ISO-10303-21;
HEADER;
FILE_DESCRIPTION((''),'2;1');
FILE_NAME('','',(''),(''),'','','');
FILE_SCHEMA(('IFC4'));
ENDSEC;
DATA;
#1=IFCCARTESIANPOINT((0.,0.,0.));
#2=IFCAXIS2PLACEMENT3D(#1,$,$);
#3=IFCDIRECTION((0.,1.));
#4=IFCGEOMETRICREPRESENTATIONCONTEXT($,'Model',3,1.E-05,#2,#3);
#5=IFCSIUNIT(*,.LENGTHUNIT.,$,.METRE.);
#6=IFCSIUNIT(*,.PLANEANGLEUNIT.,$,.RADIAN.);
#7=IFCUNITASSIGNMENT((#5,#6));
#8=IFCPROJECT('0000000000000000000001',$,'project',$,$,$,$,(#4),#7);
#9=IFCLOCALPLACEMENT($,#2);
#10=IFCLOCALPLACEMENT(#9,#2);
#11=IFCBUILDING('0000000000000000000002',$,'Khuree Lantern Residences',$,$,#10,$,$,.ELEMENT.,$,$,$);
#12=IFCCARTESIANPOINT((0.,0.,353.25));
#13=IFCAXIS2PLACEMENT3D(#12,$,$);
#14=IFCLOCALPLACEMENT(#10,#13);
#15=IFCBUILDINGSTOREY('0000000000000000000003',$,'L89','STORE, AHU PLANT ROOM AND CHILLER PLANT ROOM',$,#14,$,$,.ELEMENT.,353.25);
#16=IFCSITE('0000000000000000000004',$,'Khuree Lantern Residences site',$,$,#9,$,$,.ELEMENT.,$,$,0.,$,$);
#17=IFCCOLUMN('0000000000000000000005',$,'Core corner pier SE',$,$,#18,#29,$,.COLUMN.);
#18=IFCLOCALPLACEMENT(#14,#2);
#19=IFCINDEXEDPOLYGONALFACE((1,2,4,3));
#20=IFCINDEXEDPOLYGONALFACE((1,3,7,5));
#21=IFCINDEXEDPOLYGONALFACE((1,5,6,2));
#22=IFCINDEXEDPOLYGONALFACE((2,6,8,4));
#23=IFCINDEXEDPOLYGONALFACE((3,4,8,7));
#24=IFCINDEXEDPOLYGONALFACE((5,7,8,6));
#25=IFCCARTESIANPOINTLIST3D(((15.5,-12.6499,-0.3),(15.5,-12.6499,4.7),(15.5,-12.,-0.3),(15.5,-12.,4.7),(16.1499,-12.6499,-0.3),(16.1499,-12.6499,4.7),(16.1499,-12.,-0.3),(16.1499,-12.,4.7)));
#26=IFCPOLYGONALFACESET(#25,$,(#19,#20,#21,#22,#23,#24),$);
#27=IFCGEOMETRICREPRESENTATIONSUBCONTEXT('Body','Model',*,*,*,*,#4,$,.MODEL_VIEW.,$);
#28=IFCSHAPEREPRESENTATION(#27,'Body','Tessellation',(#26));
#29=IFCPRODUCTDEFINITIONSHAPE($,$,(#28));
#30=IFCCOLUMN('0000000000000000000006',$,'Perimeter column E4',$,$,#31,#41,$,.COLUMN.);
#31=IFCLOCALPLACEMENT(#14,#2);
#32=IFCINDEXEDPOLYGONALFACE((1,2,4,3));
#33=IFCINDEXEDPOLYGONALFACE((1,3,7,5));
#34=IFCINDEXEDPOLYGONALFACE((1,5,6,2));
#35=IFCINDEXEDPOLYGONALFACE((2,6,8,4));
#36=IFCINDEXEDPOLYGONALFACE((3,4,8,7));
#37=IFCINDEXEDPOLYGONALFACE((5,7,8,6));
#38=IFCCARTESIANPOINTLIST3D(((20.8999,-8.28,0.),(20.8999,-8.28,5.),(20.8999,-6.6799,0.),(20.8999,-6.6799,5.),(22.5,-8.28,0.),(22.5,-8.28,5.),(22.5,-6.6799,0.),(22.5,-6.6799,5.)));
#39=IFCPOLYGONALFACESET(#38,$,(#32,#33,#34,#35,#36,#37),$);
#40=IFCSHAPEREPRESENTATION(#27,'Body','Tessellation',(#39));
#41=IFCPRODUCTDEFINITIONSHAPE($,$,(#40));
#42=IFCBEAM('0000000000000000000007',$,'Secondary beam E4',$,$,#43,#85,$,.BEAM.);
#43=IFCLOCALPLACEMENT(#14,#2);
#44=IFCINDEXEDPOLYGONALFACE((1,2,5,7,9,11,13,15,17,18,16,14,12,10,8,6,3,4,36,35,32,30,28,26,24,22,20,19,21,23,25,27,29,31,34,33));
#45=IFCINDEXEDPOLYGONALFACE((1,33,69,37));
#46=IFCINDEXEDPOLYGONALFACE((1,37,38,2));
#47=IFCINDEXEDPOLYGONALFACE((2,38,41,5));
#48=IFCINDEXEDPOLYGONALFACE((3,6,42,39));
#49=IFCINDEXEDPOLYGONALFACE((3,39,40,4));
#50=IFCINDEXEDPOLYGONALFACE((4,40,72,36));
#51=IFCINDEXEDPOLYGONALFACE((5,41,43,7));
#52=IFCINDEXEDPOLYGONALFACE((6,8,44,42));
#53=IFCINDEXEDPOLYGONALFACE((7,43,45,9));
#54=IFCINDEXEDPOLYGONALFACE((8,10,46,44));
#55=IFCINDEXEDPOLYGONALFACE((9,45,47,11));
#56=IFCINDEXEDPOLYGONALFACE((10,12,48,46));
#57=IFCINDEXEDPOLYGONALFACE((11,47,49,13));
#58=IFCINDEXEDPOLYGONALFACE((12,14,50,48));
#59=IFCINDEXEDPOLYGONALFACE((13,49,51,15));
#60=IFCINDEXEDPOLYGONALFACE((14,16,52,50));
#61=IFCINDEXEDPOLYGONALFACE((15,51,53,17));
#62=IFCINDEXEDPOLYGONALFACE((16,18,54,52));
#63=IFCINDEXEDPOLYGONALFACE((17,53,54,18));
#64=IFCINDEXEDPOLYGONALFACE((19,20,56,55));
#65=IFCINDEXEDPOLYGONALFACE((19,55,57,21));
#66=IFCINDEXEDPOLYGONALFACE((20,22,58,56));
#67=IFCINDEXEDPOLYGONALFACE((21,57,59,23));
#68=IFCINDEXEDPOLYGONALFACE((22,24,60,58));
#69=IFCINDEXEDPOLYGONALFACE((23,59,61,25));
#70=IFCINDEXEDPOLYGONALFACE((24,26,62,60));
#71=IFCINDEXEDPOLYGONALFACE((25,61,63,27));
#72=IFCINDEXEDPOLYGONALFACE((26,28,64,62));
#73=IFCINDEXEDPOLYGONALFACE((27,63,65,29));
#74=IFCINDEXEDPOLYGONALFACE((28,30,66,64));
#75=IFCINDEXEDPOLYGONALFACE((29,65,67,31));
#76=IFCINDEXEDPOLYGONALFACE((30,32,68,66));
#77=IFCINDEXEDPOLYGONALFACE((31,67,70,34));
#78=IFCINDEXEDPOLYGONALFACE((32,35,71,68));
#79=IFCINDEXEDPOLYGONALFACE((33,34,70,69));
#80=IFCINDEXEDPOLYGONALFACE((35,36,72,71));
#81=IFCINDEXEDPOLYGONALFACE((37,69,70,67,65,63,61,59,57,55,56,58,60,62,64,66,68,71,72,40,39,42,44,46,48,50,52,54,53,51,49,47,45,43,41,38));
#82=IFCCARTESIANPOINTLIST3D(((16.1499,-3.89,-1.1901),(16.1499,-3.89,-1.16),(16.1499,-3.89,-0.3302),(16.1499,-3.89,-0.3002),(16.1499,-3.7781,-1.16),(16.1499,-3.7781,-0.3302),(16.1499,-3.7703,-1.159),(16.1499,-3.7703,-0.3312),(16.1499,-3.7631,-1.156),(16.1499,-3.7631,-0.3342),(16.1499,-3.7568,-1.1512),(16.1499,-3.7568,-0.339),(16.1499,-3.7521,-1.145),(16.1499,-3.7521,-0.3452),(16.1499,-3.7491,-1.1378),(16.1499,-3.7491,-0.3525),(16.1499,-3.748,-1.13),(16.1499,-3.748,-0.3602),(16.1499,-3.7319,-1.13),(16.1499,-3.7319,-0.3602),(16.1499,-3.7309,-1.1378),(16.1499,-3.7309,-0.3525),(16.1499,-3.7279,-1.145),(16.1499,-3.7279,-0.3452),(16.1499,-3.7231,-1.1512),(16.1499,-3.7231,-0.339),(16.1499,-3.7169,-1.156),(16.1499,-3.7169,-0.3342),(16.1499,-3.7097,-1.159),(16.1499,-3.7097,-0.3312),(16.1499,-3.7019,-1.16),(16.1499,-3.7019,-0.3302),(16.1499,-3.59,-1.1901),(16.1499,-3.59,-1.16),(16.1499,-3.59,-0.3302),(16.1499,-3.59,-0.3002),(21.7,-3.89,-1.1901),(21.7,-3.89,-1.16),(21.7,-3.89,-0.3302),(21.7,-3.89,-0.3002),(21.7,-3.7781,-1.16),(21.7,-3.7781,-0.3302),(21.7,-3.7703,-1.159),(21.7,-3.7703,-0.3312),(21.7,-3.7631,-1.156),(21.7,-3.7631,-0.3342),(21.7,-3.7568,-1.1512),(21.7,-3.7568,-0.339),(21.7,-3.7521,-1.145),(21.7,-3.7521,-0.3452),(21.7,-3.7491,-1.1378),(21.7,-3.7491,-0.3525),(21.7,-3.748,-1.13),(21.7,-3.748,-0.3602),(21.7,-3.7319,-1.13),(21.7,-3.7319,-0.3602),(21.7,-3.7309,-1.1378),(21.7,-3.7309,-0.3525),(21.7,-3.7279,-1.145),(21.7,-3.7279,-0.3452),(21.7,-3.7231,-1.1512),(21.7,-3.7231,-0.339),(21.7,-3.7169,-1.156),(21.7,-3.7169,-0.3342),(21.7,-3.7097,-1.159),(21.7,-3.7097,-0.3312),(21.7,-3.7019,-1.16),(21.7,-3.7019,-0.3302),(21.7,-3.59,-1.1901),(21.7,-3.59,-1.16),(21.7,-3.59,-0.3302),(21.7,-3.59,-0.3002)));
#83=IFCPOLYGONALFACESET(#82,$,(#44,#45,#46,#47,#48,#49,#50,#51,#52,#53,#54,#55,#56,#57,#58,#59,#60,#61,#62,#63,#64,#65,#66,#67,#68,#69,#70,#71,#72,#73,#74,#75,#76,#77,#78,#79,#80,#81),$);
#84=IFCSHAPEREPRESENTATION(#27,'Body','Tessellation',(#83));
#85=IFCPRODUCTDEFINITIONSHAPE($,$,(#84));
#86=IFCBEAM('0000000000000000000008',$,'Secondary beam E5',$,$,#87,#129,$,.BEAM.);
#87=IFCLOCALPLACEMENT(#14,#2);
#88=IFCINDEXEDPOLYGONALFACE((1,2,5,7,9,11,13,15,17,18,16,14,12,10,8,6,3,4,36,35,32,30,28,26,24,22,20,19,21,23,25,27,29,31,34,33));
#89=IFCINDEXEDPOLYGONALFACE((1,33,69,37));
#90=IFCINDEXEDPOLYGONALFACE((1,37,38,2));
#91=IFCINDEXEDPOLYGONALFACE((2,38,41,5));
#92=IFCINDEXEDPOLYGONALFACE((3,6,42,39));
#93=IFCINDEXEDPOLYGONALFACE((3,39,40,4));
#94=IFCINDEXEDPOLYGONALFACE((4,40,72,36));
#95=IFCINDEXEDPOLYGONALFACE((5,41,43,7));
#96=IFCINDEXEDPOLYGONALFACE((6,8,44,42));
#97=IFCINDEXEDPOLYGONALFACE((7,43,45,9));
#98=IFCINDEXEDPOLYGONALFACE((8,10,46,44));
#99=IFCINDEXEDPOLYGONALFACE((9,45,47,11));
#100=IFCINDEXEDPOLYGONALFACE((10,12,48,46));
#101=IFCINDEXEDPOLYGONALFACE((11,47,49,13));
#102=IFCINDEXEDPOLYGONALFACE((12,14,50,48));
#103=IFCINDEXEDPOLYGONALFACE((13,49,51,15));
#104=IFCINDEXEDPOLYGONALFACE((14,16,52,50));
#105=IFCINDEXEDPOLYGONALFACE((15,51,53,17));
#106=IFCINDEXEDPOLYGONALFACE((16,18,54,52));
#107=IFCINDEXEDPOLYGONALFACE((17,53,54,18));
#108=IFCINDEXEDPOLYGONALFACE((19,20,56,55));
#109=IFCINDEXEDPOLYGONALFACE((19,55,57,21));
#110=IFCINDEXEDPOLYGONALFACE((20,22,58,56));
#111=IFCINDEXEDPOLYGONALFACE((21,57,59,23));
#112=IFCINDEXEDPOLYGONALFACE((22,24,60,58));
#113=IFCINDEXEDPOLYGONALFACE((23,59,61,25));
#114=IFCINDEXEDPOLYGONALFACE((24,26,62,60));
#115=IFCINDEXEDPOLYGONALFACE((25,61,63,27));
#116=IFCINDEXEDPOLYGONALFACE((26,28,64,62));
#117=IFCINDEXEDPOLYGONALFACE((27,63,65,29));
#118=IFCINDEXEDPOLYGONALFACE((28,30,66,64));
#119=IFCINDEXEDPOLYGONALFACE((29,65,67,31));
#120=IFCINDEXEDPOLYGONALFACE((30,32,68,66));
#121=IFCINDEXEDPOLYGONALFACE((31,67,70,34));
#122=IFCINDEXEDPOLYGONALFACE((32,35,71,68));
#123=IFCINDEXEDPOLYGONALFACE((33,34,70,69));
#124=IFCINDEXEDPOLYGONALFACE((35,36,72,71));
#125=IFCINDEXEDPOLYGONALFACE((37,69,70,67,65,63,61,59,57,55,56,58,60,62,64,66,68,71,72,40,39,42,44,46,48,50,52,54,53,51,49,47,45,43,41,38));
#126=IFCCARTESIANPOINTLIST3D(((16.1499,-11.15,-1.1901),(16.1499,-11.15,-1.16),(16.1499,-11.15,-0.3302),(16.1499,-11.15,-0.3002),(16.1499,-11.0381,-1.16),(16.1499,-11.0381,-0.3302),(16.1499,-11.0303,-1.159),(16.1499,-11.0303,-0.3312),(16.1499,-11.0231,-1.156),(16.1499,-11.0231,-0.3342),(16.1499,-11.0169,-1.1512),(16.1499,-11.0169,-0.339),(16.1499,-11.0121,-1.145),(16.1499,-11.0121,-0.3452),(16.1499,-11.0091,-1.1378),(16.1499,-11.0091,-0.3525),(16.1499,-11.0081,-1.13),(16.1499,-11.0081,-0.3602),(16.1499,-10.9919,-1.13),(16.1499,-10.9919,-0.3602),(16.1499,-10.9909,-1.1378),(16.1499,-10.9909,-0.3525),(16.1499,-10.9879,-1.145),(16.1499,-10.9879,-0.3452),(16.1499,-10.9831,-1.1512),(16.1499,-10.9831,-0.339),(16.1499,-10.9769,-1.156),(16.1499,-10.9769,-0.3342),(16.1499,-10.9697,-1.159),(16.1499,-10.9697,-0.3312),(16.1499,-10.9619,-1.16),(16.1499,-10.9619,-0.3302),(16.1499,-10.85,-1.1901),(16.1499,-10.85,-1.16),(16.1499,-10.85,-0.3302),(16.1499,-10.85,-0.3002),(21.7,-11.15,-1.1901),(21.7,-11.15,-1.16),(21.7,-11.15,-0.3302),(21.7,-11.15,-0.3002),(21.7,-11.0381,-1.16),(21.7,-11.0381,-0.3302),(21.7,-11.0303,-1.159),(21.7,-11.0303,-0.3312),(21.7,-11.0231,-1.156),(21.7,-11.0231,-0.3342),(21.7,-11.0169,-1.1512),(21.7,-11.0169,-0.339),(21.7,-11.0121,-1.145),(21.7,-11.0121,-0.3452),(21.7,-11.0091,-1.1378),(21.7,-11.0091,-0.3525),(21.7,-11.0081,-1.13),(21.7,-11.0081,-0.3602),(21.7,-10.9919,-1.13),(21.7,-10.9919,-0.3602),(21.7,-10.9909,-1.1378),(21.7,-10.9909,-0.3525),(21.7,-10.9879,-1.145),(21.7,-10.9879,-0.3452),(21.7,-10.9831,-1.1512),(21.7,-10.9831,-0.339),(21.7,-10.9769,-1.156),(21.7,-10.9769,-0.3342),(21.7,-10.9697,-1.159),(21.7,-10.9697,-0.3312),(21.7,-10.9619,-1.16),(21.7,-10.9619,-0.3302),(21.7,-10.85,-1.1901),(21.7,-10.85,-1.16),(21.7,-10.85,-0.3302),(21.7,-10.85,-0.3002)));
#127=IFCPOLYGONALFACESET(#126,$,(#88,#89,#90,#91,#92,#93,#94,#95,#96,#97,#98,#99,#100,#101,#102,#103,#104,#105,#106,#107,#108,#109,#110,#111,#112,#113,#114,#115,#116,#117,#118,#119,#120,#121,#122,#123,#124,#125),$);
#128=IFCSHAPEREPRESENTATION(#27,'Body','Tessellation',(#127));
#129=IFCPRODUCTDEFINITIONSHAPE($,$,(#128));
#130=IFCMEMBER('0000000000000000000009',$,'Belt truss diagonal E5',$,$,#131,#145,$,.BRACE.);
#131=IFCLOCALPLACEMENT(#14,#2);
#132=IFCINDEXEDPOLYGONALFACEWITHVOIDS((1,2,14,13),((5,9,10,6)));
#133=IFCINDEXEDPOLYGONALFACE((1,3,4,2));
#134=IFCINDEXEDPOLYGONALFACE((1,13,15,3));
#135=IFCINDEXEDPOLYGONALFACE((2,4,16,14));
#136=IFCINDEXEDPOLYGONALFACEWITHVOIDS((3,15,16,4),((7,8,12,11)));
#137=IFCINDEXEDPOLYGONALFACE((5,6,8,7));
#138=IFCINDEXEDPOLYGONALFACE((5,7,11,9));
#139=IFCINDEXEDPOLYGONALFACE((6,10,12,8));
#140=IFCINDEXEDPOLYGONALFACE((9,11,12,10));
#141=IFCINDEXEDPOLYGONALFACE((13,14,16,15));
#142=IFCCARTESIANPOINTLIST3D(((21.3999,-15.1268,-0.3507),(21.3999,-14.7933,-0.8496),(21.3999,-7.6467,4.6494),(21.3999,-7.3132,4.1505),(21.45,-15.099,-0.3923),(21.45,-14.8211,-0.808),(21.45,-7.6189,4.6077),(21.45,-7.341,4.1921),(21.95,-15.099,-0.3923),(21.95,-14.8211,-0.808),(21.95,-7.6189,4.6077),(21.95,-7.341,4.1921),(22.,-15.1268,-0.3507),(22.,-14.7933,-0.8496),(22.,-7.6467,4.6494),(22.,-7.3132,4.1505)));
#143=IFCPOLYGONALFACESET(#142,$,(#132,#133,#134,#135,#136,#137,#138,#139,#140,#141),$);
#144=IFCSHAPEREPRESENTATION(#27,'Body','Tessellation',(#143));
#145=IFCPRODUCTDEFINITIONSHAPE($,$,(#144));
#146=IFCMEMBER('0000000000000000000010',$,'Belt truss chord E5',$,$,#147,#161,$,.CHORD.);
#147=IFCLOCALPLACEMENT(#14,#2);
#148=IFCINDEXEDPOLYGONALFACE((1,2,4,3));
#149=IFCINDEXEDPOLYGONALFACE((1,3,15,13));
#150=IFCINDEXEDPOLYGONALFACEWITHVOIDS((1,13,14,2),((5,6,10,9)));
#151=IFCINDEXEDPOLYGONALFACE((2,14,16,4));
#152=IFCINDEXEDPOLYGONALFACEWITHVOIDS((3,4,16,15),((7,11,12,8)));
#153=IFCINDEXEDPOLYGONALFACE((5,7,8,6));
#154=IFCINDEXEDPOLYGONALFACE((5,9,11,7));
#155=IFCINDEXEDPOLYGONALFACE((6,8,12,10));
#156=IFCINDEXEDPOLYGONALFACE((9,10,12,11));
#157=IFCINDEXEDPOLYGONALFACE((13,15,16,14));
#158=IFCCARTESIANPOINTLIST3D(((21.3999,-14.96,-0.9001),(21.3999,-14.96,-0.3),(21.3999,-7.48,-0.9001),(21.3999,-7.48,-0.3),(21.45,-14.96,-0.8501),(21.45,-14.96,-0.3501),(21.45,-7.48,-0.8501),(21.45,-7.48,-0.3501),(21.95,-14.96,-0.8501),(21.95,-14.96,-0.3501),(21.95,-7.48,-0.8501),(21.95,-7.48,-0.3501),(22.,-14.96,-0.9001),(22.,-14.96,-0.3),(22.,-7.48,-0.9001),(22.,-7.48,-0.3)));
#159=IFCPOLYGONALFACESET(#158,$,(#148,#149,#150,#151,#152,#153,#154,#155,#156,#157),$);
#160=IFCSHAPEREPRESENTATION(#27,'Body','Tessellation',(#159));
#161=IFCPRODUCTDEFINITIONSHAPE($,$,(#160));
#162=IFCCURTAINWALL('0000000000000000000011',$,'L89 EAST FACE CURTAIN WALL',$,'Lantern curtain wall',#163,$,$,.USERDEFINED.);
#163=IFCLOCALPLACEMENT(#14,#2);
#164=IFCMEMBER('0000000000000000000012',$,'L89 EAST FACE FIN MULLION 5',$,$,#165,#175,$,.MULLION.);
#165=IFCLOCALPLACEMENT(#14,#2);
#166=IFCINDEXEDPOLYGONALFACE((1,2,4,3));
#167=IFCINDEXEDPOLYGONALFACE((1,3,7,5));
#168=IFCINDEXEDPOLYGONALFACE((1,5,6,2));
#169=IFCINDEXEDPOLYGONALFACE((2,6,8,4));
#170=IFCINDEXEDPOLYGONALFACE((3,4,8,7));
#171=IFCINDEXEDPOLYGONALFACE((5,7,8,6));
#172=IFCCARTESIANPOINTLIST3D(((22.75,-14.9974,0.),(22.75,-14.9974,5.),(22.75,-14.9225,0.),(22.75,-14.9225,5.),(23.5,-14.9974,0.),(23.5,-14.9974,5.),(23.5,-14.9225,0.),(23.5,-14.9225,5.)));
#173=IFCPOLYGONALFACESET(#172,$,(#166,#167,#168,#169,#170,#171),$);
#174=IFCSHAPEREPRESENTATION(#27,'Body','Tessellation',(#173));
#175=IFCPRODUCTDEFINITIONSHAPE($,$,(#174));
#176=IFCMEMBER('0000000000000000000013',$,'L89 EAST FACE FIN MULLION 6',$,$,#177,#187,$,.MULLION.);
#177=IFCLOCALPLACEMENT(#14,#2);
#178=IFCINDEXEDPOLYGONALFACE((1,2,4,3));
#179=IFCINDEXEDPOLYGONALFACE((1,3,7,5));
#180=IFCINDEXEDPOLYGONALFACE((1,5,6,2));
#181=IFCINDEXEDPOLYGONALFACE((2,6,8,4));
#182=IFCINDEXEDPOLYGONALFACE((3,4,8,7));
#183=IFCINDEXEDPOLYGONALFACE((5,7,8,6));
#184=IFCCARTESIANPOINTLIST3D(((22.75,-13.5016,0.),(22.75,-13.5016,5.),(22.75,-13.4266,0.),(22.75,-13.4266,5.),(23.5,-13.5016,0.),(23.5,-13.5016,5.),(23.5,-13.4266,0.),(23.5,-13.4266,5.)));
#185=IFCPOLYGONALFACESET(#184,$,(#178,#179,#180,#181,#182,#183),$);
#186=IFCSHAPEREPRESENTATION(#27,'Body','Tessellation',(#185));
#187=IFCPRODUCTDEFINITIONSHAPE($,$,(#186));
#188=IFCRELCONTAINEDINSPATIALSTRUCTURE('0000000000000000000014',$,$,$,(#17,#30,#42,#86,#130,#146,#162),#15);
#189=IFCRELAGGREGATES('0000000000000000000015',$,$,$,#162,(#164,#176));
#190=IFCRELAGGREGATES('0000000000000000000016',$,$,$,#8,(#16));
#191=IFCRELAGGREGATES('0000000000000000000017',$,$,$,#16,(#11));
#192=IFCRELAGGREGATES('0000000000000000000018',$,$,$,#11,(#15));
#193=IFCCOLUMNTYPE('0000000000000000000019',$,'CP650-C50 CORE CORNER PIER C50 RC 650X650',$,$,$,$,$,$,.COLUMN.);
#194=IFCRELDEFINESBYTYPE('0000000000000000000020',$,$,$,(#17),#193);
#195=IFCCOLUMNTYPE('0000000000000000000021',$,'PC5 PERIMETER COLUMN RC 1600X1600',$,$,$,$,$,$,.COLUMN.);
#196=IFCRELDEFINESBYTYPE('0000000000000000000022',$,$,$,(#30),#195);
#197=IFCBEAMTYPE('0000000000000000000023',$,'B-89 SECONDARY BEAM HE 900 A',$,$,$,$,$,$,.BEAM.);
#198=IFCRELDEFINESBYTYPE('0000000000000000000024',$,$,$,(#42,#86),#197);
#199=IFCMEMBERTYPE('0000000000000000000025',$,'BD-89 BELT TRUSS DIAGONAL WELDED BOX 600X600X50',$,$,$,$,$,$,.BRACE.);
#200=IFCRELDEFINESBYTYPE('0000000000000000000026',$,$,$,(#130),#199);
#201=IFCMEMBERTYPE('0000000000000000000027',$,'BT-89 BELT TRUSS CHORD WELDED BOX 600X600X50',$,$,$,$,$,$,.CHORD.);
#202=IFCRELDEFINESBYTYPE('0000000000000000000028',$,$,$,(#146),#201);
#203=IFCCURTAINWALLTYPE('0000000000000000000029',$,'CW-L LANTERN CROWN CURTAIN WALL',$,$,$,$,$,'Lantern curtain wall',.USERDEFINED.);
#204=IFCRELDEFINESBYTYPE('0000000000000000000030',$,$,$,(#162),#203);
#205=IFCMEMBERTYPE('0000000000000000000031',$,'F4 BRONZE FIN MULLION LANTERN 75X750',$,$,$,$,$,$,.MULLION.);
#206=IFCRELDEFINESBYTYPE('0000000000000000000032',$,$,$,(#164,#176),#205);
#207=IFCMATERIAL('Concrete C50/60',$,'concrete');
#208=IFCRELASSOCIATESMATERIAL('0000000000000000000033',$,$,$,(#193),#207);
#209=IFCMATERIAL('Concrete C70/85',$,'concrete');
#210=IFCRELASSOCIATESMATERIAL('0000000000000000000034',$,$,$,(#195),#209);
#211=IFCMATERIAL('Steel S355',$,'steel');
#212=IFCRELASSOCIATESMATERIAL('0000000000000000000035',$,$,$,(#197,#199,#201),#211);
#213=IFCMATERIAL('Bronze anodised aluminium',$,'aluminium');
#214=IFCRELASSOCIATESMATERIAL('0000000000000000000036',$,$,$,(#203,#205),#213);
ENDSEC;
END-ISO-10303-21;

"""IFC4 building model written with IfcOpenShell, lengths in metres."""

from ifc_helpers import new_model, si_unit, direction, frame, origin, origin_2d, place, context, subcontext, project, spatial, rectangle, hollow_rectangle, i_section, extrude, material, material_profile, profile_set, type_object, element, aggregate, save


model = new_model("IFC4")

# Units and contexts
model_context = context("Model", 3, precision=1e-05, world=origin(), true_north=direction((0.0, 1.0)))
body_context = subcontext(model_context, "Body", "Model", "MODEL_VIEW")
ifc_project = project(units=[si_unit("LENGTHUNIT", "METRE"), si_unit("PLANEANGLEUNIT", "RADIAN")], contexts=[model_context])

# Site, building, storey
site_placement = place(None, origin())
site = spatial("IfcSite", under=ifc_project, at=site_placement, Name="Khuree Lantern Residences site", CompositionType="ELEMENT", RefElevation=0.0)
building_placement = place(site_placement, origin())
building = spatial("IfcBuilding", under=site, at=building_placement, Name="Khuree Lantern Residences", CompositionType="ELEMENT")
storey_placement = place(building_placement, frame((0.0, 0.0, 353.25)))
storey = spatial("IfcBuildingStorey", under=building, at=storey_placement, Name="L89", Description="STORE, AHU PLANT ROOM AND CHILLER PLANT ROOM", CompositionType="ELEMENT", Elevation=353.25)

# Columns
ifc_material_1 = material(Name="Concrete C50/60", Category="concrete")
ifc_material_profile_1 = material_profile(ifc_material_1, rectangle(XDim=0.6499, YDim=0.6499, at=origin_2d()), Name="RC 650X650")
ifc_profile_set_1 = profile_set([ifc_material_profile_1], Name="Concrete C50/60")
column_type_1 = type_object("IfcColumnType", Name="CP650-C50 CORE CORNER PIER C50 RC 650X650", PredefinedType="COLUMN", material=ifc_profile_set_1)
column_1_placement = place(storey_placement, frame((15.825, -12.325, -0.3), z_axis=(0.0, 0.0, 1.0), x_axis=(1.0, 0.0, 0.0)))
element("IfcColumn", 1, at=column_1_placement, inside=storey, type_object=column_type_1, Name="Core corner pier SE", PredefinedType="COLUMN", context=body_context, shape_type="SweptSolid", body=[
    extrude(rectangle(XDim=0.6499, YDim=0.6499, at=origin_2d()), origin(), (0.0, 0.0, 1.0), 5.0),
])
ifc_material_2 = material(Name="Concrete C70/85", Category="concrete")
ifc_material_profile_2 = material_profile(ifc_material_2, rectangle(XDim=1.6001, YDim=1.6001, at=origin_2d()), Name="RC 1600X1600")
ifc_profile_set_2 = profile_set([ifc_material_profile_2], Name="Concrete C70/85")
column_type_2 = type_object("IfcColumnType", Name="PC5 PERIMETER COLUMN RC 1600X1600", PredefinedType="COLUMN", material=ifc_profile_set_2)
column_2_placement = place(storey_placement, frame((21.7, -7.48, 0.0), z_axis=(0.0, 0.0, 1.0), x_axis=(0.0, 1.0, 0.0)))
element("IfcColumn", 2, at=column_2_placement, inside=storey, type_object=column_type_2, Name="Perimeter column E4", PredefinedType="COLUMN", context=body_context, shape_type="SweptSolid", body=[
    extrude(rectangle(XDim=1.6001, YDim=1.6001, at=origin_2d()), origin(), (0.0, 0.0, 1.0), 5.0),
])

# Beams
ifc_material_3 = material(Name="Steel S355", Category="steel")
ifc_material_profile_3 = material_profile(ifc_material_3, i_section(OverallWidth=0.3, OverallDepth=0.8899, WebThickness=0.0161, FlangeThickness=0.03, FilletRadius=0.03, at=origin_2d()), Name="HE 900 A")
ifc_profile_set_3 = profile_set([ifc_material_profile_3], Name="Steel S355")
beam_type = type_object("IfcBeamType", Name="B-89 SECONDARY BEAM HE 900 A", PredefinedType="BEAM", material=ifc_profile_set_3)
for number, where, z_axis, x_axis, name in (
    (3, (21.7, -3.74, -0.7451), (-1.0, 0.0, 0.0), (0.0, -1.0, 0.0), "Secondary beam E4"),
    (4, (21.7, -11.0, -0.7451), (-1.0, 0.0, 0.0), (0.0, -1.0, 0.0), "Secondary beam E5"),
):
    element("IfcBeam", number, at=place(storey_placement, frame(where, z_axis=z_axis, x_axis=x_axis)), inside=storey, type_object=beam_type, Name=name, PredefinedType="BEAM", context=body_context, shape_type="SweptSolid", body=[
        extrude(i_section(OverallWidth=0.3, OverallDepth=0.8899, WebThickness=0.0161, FlangeThickness=0.03, FilletRadius=0.03, at=origin_2d()), origin(), (0.0, 0.0, 1.0), 5.55),
    ])

# Members
ifc_material_profile_4 = material_profile(ifc_material_3, hollow_rectangle(XDim=0.6001, YDim=0.6001, WallThickness=0.05, at=origin_2d()), Name="WELDED BOX 600X600X50")
ifc_profile_set_4 = profile_set([ifc_material_profile_4], Name="Steel S355")
member_type_1 = type_object("IfcMemberType", Name="BD-89 BELT TRUSS DIAGONAL WELDED BOX 600X600X50", PredefinedType="BRACE", material=ifc_profile_set_4)
member_1_placement = place(storey_placement, frame((21.7, -7.48, 4.3999), z_axis=(0.0, -0.831365, -0.555727), x_axis=(1.0, 0.0, 0.0)))
element("IfcMember", 5, at=member_1_placement, inside=storey, type_object=member_type_1, Name="Belt truss diagonal E5", PredefinedType="BRACE", context=body_context, shape_type="SweptSolid", body=[
    extrude(hollow_rectangle(XDim=0.6001, YDim=0.6001, WallThickness=0.05, at=origin_2d()), origin(), (0.0, 0.0, 1.0), 8.9973),
])
ifc_material_profile_5 = material_profile(ifc_material_3, hollow_rectangle(XDim=0.6001, YDim=0.6001, WallThickness=0.05, at=origin_2d()), Name="WELDED BOX 600X600X50")
ifc_profile_set_5 = profile_set([ifc_material_profile_5], Name="Steel S355")
member_type_2 = type_object("IfcMemberType", Name="BT-89 BELT TRUSS CHORD WELDED BOX 600X600X50", PredefinedType="CHORD", material=ifc_profile_set_5)
member_2_placement = place(storey_placement, frame((21.7, -7.48, -0.6001), z_axis=(0.0, -1.0, 0.0), x_axis=(1.0, 0.0, 0.0)))
element("IfcMember", 6, at=member_2_placement, inside=storey, type_object=member_type_2, Name="Belt truss chord E5", PredefinedType="CHORD", context=body_context, shape_type="SweptSolid", body=[
    extrude(hollow_rectangle(XDim=0.6001, YDim=0.6001, WallThickness=0.05, at=origin_2d()), origin(), (0.0, 0.0, 1.0), 7.48),
])

# Curtain wall, members
ifc_material_4 = material(Name="Bronze anodised aluminium", Category="aluminium")
curtain_wall_type = type_object("IfcCurtainWallType", Name="CW-L LANTERN CROWN CURTAIN WALL", ElementType="Lantern curtain wall", PredefinedType="USERDEFINED", material=ifc_material_4)
curtain_wall_placement = place(storey_placement, origin())
curtain_wall = element("IfcCurtainWall", 7, at=curtain_wall_placement, inside=storey, type_object=curtain_wall_type, Name="L89 EAST FACE CURTAIN WALL", ObjectType="Lantern curtain wall", PredefinedType="USERDEFINED")
ifc_material_profile_6 = material_profile(ifc_material_4, rectangle(XDim=0.075, YDim=0.75, at=origin_2d()), Name="F4 75X750")
ifc_profile_set_6 = profile_set([ifc_material_profile_6], Name="Bronze anodised aluminium")
member_type_3 = type_object("IfcMemberType", Name="F4 BRONZE FIN MULLION LANTERN 75X750", PredefinedType="MULLION", material=ifc_profile_set_6)
member_3_placement = place(storey_placement, frame((23.125, -14.96, 0.0), z_axis=(0.0, 0.0, 1.0), x_axis=(0.0, 1.0, 0.0)))
member_3 = element("IfcMember", 8, at=member_3_placement, type_object=member_type_3, Name="L89 EAST FACE FIN MULLION 5", PredefinedType="MULLION", context=body_context, shape_type="SweptSolid", body=[
    extrude(rectangle(XDim=0.075, YDim=0.75, at=origin_2d()), origin(), (0.0, 0.0, 1.0), 5.0),
])
member_4_placement = place(storey_placement, frame((23.125, -13.4641, 0.0), z_axis=(0.0, 0.0, 1.0), x_axis=(0.0, 1.0, 0.0)))
member_4 = element("IfcMember", 9, at=member_4_placement, type_object=member_type_3, Name="L89 EAST FACE FIN MULLION 6", PredefinedType="MULLION", context=body_context, shape_type="SweptSolid", body=[
    extrude(rectangle(XDim=0.075, YDim=0.75, at=origin_2d()), origin(), (0.0, 0.0, 1.0), 5.0),
])

aggregate(curtain_wall, [member_3, member_4])

save(model, "model.ifc")
